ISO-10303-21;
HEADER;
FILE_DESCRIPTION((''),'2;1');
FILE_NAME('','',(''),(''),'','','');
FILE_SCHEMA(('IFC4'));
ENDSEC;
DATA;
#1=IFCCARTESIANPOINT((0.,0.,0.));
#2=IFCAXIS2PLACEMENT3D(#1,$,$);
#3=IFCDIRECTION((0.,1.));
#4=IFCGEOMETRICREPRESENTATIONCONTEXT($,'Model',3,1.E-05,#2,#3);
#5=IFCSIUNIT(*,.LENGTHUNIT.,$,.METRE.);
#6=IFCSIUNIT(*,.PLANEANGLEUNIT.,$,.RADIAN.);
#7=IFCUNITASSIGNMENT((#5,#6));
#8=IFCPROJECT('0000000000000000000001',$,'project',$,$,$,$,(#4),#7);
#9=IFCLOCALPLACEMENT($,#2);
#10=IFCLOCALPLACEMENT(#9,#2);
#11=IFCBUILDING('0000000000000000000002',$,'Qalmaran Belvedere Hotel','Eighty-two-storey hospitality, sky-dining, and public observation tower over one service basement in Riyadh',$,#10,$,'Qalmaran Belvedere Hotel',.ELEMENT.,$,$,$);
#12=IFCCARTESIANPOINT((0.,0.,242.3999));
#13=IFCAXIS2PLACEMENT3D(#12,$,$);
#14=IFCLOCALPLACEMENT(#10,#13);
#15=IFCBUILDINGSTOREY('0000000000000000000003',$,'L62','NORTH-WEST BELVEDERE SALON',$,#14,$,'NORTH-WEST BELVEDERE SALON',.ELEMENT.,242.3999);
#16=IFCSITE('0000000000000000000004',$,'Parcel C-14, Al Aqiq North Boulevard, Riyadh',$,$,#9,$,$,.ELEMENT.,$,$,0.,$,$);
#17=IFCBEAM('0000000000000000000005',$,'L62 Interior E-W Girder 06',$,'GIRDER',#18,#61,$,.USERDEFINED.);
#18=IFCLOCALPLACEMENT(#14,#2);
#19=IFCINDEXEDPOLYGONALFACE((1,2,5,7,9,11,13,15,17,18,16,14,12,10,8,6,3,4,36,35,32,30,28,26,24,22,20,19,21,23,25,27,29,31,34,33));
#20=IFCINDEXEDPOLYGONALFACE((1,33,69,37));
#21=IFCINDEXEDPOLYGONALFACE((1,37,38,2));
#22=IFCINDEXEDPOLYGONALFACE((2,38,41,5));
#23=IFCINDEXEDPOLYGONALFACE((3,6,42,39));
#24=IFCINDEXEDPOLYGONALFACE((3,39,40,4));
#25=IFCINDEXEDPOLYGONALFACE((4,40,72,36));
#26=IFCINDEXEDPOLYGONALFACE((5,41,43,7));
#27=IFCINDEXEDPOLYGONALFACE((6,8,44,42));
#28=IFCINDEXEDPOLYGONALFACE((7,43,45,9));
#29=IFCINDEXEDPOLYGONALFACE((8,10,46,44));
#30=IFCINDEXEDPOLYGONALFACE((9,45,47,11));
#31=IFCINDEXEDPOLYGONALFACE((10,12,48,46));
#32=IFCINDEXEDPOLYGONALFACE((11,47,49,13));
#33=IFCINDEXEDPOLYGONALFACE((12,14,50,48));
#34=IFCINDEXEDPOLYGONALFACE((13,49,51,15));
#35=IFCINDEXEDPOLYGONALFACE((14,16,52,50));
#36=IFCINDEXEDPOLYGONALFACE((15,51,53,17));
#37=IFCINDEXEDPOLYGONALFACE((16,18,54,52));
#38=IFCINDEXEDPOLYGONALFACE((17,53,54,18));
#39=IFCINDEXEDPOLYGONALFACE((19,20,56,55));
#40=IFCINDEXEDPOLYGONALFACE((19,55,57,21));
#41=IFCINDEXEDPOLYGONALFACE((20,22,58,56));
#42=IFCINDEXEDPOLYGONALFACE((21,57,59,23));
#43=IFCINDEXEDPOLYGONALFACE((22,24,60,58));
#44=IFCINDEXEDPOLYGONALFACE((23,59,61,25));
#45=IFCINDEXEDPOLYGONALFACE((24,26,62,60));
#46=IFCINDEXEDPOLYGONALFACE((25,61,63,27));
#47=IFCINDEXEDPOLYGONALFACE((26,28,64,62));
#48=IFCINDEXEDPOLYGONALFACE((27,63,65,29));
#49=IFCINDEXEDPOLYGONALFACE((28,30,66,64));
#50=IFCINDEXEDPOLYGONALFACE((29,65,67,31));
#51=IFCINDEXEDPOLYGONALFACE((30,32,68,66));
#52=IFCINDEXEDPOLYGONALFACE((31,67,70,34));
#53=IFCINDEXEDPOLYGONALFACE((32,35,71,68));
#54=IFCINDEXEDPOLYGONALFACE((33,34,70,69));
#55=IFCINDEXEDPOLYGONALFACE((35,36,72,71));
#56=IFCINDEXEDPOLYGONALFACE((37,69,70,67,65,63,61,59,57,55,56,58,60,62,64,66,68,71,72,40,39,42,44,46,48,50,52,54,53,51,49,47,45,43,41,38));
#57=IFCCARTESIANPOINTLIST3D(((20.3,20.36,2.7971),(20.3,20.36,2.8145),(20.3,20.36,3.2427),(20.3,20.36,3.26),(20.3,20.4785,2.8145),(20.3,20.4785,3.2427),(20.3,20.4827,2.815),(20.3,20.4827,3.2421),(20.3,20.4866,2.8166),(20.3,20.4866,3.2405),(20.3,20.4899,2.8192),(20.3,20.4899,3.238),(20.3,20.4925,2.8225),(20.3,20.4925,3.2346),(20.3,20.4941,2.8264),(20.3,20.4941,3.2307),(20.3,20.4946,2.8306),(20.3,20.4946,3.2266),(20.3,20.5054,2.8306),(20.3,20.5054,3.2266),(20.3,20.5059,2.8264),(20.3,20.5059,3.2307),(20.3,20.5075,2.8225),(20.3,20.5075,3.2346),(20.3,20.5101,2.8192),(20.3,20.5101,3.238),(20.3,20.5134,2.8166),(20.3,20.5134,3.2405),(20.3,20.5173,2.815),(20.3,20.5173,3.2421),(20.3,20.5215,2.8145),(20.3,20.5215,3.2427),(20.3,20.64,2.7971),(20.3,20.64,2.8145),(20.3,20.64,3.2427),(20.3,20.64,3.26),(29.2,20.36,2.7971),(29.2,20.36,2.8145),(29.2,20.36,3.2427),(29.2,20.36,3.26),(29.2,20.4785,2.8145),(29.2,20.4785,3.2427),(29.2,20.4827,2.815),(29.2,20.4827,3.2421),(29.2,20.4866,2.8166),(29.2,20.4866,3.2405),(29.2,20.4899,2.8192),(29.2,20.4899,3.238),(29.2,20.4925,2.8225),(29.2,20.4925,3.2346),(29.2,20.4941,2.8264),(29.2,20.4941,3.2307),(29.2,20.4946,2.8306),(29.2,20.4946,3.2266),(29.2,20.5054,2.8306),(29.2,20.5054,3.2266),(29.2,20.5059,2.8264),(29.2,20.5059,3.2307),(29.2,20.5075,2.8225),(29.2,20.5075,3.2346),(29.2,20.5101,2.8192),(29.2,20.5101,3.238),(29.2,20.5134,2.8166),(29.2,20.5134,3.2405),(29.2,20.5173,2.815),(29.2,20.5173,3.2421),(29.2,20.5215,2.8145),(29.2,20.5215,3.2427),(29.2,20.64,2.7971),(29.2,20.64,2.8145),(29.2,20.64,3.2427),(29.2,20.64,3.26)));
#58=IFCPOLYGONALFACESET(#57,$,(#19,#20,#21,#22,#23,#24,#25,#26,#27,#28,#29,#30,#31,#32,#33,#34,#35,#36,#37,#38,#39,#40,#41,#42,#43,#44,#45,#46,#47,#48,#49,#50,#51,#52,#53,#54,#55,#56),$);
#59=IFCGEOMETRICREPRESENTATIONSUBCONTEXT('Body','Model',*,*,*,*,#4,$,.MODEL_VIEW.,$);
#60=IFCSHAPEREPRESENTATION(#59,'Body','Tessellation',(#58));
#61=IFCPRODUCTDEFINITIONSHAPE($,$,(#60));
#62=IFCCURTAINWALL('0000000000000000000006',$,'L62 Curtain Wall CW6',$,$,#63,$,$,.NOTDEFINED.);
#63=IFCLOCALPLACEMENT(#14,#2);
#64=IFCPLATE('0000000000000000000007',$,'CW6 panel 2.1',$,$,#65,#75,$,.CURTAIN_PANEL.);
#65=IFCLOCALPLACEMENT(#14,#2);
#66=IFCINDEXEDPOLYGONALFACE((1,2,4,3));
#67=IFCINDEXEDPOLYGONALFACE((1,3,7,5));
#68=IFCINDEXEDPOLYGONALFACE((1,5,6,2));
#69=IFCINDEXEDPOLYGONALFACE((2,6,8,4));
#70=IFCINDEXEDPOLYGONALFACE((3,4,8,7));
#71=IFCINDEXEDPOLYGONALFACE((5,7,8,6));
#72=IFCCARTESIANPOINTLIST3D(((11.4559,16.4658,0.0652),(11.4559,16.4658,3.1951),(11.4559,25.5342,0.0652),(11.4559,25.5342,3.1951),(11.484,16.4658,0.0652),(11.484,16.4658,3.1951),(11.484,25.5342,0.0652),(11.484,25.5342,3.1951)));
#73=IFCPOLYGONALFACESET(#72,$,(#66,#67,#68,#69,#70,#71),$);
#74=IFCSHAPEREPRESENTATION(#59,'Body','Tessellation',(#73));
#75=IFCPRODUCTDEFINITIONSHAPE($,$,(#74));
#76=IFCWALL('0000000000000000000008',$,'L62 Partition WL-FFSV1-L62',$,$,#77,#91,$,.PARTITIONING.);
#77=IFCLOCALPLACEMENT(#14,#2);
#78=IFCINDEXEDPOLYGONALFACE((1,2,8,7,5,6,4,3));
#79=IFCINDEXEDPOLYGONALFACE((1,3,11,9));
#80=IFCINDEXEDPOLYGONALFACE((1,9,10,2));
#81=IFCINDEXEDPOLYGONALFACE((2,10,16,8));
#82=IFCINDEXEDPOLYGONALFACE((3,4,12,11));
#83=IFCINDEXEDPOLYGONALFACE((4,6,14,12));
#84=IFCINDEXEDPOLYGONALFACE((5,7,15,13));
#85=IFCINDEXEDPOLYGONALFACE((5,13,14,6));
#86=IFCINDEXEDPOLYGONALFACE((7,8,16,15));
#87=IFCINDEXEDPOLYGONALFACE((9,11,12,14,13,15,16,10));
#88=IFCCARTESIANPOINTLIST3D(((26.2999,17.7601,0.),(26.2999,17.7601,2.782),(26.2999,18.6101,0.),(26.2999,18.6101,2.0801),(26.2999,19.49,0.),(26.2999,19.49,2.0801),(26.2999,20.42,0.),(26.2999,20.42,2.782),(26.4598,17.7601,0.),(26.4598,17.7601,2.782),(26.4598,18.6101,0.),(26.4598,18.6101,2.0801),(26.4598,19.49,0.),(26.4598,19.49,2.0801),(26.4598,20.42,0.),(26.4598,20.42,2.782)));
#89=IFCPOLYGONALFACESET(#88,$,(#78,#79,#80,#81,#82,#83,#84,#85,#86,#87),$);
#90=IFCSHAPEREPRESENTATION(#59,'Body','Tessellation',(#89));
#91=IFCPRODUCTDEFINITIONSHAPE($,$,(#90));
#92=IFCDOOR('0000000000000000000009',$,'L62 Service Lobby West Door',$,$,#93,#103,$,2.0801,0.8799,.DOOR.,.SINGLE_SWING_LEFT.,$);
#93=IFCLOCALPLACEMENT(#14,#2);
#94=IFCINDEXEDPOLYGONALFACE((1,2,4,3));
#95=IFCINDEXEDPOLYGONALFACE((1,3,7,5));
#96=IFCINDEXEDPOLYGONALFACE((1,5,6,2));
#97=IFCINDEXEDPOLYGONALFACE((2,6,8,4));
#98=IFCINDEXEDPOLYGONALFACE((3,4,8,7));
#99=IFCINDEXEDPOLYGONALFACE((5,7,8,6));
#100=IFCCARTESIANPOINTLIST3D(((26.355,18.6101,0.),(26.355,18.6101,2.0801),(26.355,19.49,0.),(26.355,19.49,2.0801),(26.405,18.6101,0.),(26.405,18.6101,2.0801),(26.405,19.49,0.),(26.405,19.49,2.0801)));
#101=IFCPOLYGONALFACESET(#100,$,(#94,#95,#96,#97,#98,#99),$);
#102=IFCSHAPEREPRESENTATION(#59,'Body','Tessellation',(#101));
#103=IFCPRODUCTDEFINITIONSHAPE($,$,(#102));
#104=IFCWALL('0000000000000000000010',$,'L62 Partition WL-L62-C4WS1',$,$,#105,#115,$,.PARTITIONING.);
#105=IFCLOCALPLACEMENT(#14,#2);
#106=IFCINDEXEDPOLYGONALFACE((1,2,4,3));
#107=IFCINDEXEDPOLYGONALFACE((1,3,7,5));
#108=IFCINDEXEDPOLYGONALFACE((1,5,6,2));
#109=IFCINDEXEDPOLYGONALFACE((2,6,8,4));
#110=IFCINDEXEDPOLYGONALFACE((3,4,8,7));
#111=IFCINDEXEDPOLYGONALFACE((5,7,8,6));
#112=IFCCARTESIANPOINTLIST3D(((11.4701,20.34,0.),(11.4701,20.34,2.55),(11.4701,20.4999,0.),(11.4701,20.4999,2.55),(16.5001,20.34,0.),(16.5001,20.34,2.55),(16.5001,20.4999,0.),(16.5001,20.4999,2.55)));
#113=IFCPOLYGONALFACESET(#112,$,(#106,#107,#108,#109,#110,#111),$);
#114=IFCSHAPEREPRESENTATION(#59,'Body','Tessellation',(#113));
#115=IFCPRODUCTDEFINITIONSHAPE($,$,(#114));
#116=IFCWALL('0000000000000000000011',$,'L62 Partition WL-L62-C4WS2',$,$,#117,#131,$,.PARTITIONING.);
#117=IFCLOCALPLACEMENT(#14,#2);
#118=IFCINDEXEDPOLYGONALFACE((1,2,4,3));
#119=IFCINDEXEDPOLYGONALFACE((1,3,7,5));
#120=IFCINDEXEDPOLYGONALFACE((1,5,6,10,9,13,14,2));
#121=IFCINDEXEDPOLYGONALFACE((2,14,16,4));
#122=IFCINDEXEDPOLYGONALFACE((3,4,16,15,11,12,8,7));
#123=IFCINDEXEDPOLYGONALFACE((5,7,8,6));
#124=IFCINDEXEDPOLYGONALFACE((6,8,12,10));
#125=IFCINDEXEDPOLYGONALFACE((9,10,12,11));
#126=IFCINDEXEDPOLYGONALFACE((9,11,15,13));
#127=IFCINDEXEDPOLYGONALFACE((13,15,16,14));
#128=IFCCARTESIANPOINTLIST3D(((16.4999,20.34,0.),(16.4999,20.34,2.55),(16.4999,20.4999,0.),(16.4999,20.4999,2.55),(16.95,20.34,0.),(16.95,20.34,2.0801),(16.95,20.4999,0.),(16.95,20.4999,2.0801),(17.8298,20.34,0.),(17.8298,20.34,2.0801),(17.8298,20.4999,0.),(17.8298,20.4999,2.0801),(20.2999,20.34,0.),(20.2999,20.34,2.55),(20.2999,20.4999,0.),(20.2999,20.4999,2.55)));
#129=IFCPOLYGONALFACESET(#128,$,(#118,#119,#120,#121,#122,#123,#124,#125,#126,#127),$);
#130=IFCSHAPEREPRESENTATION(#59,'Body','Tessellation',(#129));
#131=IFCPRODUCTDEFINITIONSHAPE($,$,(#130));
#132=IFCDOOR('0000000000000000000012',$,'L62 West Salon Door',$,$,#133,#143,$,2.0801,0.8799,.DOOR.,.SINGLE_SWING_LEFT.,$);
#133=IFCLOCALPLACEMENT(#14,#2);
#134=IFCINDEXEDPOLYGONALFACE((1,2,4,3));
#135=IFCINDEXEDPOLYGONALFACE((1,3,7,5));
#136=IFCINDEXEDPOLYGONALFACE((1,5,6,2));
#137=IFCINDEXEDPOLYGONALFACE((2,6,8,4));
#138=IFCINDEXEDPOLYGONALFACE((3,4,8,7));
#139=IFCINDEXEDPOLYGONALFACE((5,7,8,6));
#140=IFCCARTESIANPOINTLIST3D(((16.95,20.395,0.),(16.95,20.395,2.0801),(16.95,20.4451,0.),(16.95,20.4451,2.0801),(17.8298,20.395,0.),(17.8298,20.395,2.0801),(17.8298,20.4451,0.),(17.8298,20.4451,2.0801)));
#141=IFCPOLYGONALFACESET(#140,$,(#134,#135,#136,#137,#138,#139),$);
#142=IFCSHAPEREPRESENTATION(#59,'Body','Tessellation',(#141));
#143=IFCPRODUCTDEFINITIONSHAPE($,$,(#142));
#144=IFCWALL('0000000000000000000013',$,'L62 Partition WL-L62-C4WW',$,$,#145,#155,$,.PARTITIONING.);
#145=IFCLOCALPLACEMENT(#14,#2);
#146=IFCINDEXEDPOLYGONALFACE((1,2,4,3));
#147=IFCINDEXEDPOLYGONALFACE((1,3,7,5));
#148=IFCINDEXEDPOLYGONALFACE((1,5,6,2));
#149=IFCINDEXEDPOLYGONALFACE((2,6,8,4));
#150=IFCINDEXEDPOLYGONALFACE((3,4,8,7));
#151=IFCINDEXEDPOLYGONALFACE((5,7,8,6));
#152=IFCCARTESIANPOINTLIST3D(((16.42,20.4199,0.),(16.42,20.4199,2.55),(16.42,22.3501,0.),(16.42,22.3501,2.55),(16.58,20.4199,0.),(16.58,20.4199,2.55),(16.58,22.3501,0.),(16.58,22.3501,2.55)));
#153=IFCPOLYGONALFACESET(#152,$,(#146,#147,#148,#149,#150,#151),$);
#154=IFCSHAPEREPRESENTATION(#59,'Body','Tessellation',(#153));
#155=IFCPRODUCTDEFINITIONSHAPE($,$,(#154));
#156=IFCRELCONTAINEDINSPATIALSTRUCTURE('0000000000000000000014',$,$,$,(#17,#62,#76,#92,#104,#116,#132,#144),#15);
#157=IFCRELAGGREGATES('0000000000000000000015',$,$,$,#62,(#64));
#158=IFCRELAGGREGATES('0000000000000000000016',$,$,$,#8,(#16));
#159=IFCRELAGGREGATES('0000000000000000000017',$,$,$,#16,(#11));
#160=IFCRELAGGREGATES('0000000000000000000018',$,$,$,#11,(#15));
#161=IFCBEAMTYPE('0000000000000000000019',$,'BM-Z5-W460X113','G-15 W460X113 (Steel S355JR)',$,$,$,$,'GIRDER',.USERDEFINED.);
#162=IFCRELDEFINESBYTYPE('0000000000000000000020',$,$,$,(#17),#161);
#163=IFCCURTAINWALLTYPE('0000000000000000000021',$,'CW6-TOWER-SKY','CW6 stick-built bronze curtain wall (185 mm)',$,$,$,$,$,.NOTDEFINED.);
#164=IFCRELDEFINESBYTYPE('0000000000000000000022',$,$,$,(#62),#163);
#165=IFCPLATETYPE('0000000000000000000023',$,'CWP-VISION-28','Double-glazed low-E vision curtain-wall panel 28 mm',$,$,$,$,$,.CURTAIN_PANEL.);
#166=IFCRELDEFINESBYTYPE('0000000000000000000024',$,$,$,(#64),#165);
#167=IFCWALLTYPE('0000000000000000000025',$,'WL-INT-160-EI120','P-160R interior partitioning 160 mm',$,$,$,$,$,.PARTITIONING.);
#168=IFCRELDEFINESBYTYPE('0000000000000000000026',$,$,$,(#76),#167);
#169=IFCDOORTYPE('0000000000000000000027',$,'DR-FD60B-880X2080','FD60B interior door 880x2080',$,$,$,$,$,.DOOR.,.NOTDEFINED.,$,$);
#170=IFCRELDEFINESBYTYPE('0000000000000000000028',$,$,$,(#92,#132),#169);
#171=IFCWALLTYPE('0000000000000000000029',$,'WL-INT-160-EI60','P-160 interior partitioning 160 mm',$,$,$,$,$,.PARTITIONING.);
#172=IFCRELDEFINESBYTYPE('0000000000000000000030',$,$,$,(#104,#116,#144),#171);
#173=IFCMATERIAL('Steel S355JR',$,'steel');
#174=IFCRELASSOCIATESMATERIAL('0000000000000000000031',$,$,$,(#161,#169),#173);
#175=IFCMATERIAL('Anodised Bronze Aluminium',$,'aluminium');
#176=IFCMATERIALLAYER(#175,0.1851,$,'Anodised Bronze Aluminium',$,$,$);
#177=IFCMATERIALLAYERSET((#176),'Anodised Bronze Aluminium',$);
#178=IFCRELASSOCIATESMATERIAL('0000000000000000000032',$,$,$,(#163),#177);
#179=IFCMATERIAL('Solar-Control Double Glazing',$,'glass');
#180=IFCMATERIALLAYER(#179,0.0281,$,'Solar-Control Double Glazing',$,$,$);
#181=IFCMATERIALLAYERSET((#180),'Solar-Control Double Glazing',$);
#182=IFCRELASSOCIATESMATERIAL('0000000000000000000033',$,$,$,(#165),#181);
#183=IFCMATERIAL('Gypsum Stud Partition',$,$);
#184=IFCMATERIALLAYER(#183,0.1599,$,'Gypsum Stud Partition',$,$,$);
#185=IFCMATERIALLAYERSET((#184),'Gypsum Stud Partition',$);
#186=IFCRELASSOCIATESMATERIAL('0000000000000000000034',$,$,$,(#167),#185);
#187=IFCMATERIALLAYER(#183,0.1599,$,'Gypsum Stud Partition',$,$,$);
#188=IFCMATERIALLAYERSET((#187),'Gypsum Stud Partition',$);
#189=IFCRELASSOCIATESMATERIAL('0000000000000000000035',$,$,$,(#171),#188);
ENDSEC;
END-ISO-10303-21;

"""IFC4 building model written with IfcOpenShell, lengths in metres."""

from ifc_helpers import new_model, si_unit, direction, frame, frame_2d, origin, origin_2d, place, context, subcontext, project, spatial, rectangle, i_section, extrude, material, layer, layer_set, material_profile, profile_set, type_object, element, fill, aggregate, save


model = new_model("IFC4")

# Units and contexts
model_context = context("Model", 3, precision=1e-05, world=origin(), true_north=direction((0.0, 1.0)))
body_context = subcontext(model_context, "Body", "Model", "MODEL_VIEW")
ifc_project = project(units=[si_unit("LENGTHUNIT", "METRE"), si_unit("PLANEANGLEUNIT", "RADIAN")], contexts=[model_context])

# Site, building, storey
site_placement = place(None, origin())
site = spatial("IfcSite", under=ifc_project, at=site_placement, Name="Parcel C-14, Al Aqiq North Boulevard, Riyadh", CompositionType="ELEMENT", RefElevation=0.0)
building_placement = place(site_placement, origin())
building = spatial("IfcBuilding", under=site, at=building_placement, Name="Qalmaran Belvedere Hotel", Description="Eighty-two-storey hospitality, sky-dining, and public observation tower over one service basement in Riyadh", LongName="Qalmaran Belvedere Hotel", CompositionType="ELEMENT")
storey_placement = place(building_placement, frame((0.0, 0.0, 242.3999)))
storey = spatial("IfcBuildingStorey", under=building, at=storey_placement, Name="L62", Description="NORTH-WEST BELVEDERE SALON", LongName="NORTH-WEST BELVEDERE SALON", CompositionType="ELEMENT", Elevation=242.3999)

# Beam
ifc_material_1 = material(Name="Steel S355JR", Category="steel")
ifc_material_profile_1 = material_profile(ifc_material_1, i_section(OverallWidth=0.28, OverallDepth=0.4629, WebThickness=0.0107, FlangeThickness=0.0173, FilletRadius=0.0161, at=origin_2d()), Name="W460X113")
ifc_profile_set_1 = profile_set([ifc_material_profile_1], Name="Steel S355JR")
beam_type_1 = type_object("IfcBeamType", Name="BM-Z5-W460X113", Description="G-15 W460X113 (Steel S355JR)", ElementType="GIRDER", PredefinedType="USERDEFINED", material=ifc_profile_set_1)
beam_1_placement = place(storey_placement, frame((20.3, 20.5, 3.0286), z_axis=(1.0, 0.0, 0.0), x_axis=(0.0, 1.0, 0.0)))
element("IfcBeam", 1, at=beam_1_placement, inside=storey, type_object=beam_type_1, Name="L62 Interior E-W Girder 06", ObjectType="GIRDER", PredefinedType="USERDEFINED", context=body_context, shape_type="SweptSolid", body=[
    extrude(i_section(OverallWidth=0.28, OverallDepth=0.4629, WebThickness=0.0107, FlangeThickness=0.0173, FilletRadius=0.0161, at=origin_2d()), origin(), (0.0, 0.0, 1.0), 8.8999),
])

# Curtain wall, plate
ifc_material_2 = material(Name="Anodised Bronze Aluminium", Category="aluminium")
ifc_layer_1 = layer(ifc_material_2, 0.1851, Name="Anodised Bronze Aluminium")
ifc_layer_set_1 = layer_set([ifc_layer_1], Name="Anodised Bronze Aluminium")
curtain_wall_type = type_object("IfcCurtainWallType", Name="CW6-TOWER-SKY", Description="CW6 stick-built bronze curtain wall (185 mm)", PredefinedType="NOTDEFINED", material=ifc_layer_set_1)
curtain_wall_placement = place(storey_placement, origin())
curtain_wall = element("IfcCurtainWall", 2, at=curtain_wall_placement, inside=storey, type_object=curtain_wall_type, Name="L62 Curtain Wall CW6", PredefinedType="NOTDEFINED")
ifc_material_3 = material(Name="Solar-Control Double Glazing", Category="glass")
ifc_layer_2 = layer(ifc_material_3, 0.0281, Name="Solar-Control Double Glazing")
ifc_layer_set_2 = layer_set([ifc_layer_2], Name="Solar-Control Double Glazing")
plate_type = type_object("IfcPlateType", Name="CWP-VISION-28", Description="Double-glazed low-E vision curtain-wall panel 28 mm", PredefinedType="CURTAIN_PANEL", material=ifc_layer_set_2)
plate_placement = place(storey_placement, frame((11.47, 21.0, 0.0652), z_axis=(0.0, 0.0, 1.0), x_axis=(0.0, -1.0, 0.0)))
plate = element("IfcPlate", 3, at=plate_placement, type_object=plate_type, Name="CW6 panel 2.1", PredefinedType="CURTAIN_PANEL", context=body_context, shape_type="SweptSolid", body=[
    extrude(rectangle(XDim=9.0684, YDim=0.0281, at=origin_2d()), origin(), (0.0, 0.0, 1.0), 3.1299),
])
aggregate(curtain_wall, [plate])

# Wall, opening, door
ifc_material_4 = material(Name="Gypsum Stud Partition")
ifc_layer_3 = layer(ifc_material_4, 0.1599, Name="Gypsum Stud Partition")
ifc_layer_set_3 = layer_set([ifc_layer_3], Name="Gypsum Stud Partition")
wall_type_1 = type_object("IfcWallType", Name="WL-INT-160-EI120", Description="P-160R interior partitioning 160 mm", PredefinedType="PARTITIONING", material=ifc_layer_set_3)
wall_1_placement = place(storey_placement, frame((26.3799, 17.76, 0.0), z_axis=(0.0, 0.0, 1.0), x_axis=(0.0, 1.0, 0.0)))
wall_1 = element("IfcWall", 4, at=wall_1_placement, inside=storey, type_object=wall_type_1, Name="L62 Partition WL-FFSV1-L62", PredefinedType="PARTITIONING", context=body_context, shape_type="SweptSolid", body=[
    extrude(rectangle(XDim=2.6599, YDim=0.1599, at=frame_2d((1.3301, 0.0))), origin(), (0.0, 0.0, 1.0), 2.782),
])
opening_1_placement = place(wall_1_placement, frame((0.8501, 0.0, 0.0)))
opening_1 = element("IfcOpeningElement", 5, at=opening_1_placement, cuts=wall_1, PredefinedType="OPENING", context=body_context, shape_type="SweptSolid", body=[
    extrude(rectangle(XDim=0.8799, YDim=2.0801, at=frame_2d((0.4399, 1.04))), frame((0.0, 0.0898, 0.0), z_axis=(0.0, -1.0, 0.0), x_axis=(1.0, 0.0, 0.0)), (0.0, 0.0, 1.0), 0.1799),
])
door_type_1 = type_object("IfcDoorType", Name="DR-FD60B-880X2080", Description="FD60B interior door 880x2080", OperationType="NOTDEFINED", PredefinedType="DOOR", material=ifc_material_1)
door_1_placement = place(opening_1_placement, origin())
door_1 = element("IfcDoor", 6, at=door_1_placement, inside=storey, type_object=door_type_1, Name="L62 Service Lobby West Door", OperationType="SINGLE_SWING_LEFT", OverallHeight=2.0801, OverallWidth=0.8799, PredefinedType="DOOR", context=body_context, shape_type="SweptSolid", body=[
    extrude(rectangle(XDim=0.8799, YDim=2.0801, at=frame_2d((0.4399, 1.04))), frame((0.0, 0.0249, 0.0), z_axis=(0.0, -1.0, 0.0), x_axis=(1.0, 0.0, 0.0)), (0.0, 0.0, 1.0), 0.05),
])
fill(opening_1, door_1)

# Wall
ifc_layer_4 = layer(ifc_material_4, 0.1599, Name="Gypsum Stud Partition")
ifc_layer_set_4 = layer_set([ifc_layer_4], Name="Gypsum Stud Partition")
wall_type_2 = type_object("IfcWallType", Name="WL-INT-160-EI60", Description="P-160 interior partitioning 160 mm", PredefinedType="PARTITIONING", material=ifc_layer_set_4)
wall_2_placement = place(storey_placement, frame((11.47, 20.4199, 0.0), z_axis=(0.0, 0.0, 1.0), x_axis=(1.0, 0.0, 0.0)))
element("IfcWall", 7, at=wall_2_placement, inside=storey, type_object=wall_type_2, Name="L62 Partition WL-L62-C4WS1", PredefinedType="PARTITIONING", context=body_context, shape_type="SweptSolid", body=[
    extrude(rectangle(XDim=5.03, YDim=0.1599, at=frame_2d((2.5151, 0.0))), origin(), (0.0, 0.0, 1.0), 2.55),
])

# Wall, opening, door
wall_3_placement = place(storey_placement, frame((16.5, 20.4199, 0.0), z_axis=(0.0, 0.0, 1.0), x_axis=(1.0, 0.0, 0.0)))
wall_3 = element("IfcWall", 8, at=wall_3_placement, inside=storey, type_object=wall_type_2, Name="L62 Partition WL-L62-C4WS2", PredefinedType="PARTITIONING", context=body_context, shape_type="SweptSolid", body=[
    extrude(rectangle(XDim=3.8, YDim=0.1599, at=frame_2d((1.8999, 0.0))), origin(), (0.0, 0.0, 1.0), 2.55),
])
opening_2_placement = place(wall_3_placement, frame((1.3298, 0.0, 0.0), z_axis=(0.0, 0.0, 1.0), x_axis=(-1.0, 0.0, 0.0)))
opening_2 = element("IfcOpeningElement", 9, at=opening_2_placement, cuts=wall_3, PredefinedType="OPENING", context=body_context, shape_type="SweptSolid", body=[
    extrude(rectangle(XDim=0.8799, YDim=2.0801, at=frame_2d((0.4399, 1.04))), frame((0.0, 0.0898, 0.0), z_axis=(0.0, -1.0, 0.0), x_axis=(1.0, 0.0, 0.0)), (0.0, 0.0, 1.0), 0.1799),
])
door_2_placement = place(opening_2_placement, origin())
door_2 = element("IfcDoor", 10, at=door_2_placement, inside=storey, type_object=door_type_1, Name="L62 West Salon Door", OperationType="SINGLE_SWING_LEFT", OverallHeight=2.0801, OverallWidth=0.8799, PredefinedType="DOOR", context=body_context, shape_type="SweptSolid", body=[
    extrude(rectangle(XDim=0.8799, YDim=2.0801, at=frame_2d((0.4399, 1.04))), frame((0.0, 0.0249, 0.0), z_axis=(0.0, -1.0, 0.0), x_axis=(1.0, 0.0, 0.0)), (0.0, 0.0, 1.0), 0.05),
])
fill(opening_2, door_2)

# Wall
wall_4_placement = place(storey_placement, frame((16.5, 20.4199, 0.0), z_axis=(0.0, 0.0, 1.0), x_axis=(0.0, 1.0, 0.0)))
element("IfcWall", 11, at=wall_4_placement, inside=storey, type_object=wall_type_2, Name="L62 Partition WL-L62-C4WW", PredefinedType="PARTITIONING", context=body_context, shape_type="SweptSolid", body=[
    extrude(rectangle(XDim=1.9302, YDim=0.1599, at=frame_2d((0.9651, 0.0))), origin(), (0.0, 0.0, 1.0), 2.55),
])

save(model, "model.ifc")
